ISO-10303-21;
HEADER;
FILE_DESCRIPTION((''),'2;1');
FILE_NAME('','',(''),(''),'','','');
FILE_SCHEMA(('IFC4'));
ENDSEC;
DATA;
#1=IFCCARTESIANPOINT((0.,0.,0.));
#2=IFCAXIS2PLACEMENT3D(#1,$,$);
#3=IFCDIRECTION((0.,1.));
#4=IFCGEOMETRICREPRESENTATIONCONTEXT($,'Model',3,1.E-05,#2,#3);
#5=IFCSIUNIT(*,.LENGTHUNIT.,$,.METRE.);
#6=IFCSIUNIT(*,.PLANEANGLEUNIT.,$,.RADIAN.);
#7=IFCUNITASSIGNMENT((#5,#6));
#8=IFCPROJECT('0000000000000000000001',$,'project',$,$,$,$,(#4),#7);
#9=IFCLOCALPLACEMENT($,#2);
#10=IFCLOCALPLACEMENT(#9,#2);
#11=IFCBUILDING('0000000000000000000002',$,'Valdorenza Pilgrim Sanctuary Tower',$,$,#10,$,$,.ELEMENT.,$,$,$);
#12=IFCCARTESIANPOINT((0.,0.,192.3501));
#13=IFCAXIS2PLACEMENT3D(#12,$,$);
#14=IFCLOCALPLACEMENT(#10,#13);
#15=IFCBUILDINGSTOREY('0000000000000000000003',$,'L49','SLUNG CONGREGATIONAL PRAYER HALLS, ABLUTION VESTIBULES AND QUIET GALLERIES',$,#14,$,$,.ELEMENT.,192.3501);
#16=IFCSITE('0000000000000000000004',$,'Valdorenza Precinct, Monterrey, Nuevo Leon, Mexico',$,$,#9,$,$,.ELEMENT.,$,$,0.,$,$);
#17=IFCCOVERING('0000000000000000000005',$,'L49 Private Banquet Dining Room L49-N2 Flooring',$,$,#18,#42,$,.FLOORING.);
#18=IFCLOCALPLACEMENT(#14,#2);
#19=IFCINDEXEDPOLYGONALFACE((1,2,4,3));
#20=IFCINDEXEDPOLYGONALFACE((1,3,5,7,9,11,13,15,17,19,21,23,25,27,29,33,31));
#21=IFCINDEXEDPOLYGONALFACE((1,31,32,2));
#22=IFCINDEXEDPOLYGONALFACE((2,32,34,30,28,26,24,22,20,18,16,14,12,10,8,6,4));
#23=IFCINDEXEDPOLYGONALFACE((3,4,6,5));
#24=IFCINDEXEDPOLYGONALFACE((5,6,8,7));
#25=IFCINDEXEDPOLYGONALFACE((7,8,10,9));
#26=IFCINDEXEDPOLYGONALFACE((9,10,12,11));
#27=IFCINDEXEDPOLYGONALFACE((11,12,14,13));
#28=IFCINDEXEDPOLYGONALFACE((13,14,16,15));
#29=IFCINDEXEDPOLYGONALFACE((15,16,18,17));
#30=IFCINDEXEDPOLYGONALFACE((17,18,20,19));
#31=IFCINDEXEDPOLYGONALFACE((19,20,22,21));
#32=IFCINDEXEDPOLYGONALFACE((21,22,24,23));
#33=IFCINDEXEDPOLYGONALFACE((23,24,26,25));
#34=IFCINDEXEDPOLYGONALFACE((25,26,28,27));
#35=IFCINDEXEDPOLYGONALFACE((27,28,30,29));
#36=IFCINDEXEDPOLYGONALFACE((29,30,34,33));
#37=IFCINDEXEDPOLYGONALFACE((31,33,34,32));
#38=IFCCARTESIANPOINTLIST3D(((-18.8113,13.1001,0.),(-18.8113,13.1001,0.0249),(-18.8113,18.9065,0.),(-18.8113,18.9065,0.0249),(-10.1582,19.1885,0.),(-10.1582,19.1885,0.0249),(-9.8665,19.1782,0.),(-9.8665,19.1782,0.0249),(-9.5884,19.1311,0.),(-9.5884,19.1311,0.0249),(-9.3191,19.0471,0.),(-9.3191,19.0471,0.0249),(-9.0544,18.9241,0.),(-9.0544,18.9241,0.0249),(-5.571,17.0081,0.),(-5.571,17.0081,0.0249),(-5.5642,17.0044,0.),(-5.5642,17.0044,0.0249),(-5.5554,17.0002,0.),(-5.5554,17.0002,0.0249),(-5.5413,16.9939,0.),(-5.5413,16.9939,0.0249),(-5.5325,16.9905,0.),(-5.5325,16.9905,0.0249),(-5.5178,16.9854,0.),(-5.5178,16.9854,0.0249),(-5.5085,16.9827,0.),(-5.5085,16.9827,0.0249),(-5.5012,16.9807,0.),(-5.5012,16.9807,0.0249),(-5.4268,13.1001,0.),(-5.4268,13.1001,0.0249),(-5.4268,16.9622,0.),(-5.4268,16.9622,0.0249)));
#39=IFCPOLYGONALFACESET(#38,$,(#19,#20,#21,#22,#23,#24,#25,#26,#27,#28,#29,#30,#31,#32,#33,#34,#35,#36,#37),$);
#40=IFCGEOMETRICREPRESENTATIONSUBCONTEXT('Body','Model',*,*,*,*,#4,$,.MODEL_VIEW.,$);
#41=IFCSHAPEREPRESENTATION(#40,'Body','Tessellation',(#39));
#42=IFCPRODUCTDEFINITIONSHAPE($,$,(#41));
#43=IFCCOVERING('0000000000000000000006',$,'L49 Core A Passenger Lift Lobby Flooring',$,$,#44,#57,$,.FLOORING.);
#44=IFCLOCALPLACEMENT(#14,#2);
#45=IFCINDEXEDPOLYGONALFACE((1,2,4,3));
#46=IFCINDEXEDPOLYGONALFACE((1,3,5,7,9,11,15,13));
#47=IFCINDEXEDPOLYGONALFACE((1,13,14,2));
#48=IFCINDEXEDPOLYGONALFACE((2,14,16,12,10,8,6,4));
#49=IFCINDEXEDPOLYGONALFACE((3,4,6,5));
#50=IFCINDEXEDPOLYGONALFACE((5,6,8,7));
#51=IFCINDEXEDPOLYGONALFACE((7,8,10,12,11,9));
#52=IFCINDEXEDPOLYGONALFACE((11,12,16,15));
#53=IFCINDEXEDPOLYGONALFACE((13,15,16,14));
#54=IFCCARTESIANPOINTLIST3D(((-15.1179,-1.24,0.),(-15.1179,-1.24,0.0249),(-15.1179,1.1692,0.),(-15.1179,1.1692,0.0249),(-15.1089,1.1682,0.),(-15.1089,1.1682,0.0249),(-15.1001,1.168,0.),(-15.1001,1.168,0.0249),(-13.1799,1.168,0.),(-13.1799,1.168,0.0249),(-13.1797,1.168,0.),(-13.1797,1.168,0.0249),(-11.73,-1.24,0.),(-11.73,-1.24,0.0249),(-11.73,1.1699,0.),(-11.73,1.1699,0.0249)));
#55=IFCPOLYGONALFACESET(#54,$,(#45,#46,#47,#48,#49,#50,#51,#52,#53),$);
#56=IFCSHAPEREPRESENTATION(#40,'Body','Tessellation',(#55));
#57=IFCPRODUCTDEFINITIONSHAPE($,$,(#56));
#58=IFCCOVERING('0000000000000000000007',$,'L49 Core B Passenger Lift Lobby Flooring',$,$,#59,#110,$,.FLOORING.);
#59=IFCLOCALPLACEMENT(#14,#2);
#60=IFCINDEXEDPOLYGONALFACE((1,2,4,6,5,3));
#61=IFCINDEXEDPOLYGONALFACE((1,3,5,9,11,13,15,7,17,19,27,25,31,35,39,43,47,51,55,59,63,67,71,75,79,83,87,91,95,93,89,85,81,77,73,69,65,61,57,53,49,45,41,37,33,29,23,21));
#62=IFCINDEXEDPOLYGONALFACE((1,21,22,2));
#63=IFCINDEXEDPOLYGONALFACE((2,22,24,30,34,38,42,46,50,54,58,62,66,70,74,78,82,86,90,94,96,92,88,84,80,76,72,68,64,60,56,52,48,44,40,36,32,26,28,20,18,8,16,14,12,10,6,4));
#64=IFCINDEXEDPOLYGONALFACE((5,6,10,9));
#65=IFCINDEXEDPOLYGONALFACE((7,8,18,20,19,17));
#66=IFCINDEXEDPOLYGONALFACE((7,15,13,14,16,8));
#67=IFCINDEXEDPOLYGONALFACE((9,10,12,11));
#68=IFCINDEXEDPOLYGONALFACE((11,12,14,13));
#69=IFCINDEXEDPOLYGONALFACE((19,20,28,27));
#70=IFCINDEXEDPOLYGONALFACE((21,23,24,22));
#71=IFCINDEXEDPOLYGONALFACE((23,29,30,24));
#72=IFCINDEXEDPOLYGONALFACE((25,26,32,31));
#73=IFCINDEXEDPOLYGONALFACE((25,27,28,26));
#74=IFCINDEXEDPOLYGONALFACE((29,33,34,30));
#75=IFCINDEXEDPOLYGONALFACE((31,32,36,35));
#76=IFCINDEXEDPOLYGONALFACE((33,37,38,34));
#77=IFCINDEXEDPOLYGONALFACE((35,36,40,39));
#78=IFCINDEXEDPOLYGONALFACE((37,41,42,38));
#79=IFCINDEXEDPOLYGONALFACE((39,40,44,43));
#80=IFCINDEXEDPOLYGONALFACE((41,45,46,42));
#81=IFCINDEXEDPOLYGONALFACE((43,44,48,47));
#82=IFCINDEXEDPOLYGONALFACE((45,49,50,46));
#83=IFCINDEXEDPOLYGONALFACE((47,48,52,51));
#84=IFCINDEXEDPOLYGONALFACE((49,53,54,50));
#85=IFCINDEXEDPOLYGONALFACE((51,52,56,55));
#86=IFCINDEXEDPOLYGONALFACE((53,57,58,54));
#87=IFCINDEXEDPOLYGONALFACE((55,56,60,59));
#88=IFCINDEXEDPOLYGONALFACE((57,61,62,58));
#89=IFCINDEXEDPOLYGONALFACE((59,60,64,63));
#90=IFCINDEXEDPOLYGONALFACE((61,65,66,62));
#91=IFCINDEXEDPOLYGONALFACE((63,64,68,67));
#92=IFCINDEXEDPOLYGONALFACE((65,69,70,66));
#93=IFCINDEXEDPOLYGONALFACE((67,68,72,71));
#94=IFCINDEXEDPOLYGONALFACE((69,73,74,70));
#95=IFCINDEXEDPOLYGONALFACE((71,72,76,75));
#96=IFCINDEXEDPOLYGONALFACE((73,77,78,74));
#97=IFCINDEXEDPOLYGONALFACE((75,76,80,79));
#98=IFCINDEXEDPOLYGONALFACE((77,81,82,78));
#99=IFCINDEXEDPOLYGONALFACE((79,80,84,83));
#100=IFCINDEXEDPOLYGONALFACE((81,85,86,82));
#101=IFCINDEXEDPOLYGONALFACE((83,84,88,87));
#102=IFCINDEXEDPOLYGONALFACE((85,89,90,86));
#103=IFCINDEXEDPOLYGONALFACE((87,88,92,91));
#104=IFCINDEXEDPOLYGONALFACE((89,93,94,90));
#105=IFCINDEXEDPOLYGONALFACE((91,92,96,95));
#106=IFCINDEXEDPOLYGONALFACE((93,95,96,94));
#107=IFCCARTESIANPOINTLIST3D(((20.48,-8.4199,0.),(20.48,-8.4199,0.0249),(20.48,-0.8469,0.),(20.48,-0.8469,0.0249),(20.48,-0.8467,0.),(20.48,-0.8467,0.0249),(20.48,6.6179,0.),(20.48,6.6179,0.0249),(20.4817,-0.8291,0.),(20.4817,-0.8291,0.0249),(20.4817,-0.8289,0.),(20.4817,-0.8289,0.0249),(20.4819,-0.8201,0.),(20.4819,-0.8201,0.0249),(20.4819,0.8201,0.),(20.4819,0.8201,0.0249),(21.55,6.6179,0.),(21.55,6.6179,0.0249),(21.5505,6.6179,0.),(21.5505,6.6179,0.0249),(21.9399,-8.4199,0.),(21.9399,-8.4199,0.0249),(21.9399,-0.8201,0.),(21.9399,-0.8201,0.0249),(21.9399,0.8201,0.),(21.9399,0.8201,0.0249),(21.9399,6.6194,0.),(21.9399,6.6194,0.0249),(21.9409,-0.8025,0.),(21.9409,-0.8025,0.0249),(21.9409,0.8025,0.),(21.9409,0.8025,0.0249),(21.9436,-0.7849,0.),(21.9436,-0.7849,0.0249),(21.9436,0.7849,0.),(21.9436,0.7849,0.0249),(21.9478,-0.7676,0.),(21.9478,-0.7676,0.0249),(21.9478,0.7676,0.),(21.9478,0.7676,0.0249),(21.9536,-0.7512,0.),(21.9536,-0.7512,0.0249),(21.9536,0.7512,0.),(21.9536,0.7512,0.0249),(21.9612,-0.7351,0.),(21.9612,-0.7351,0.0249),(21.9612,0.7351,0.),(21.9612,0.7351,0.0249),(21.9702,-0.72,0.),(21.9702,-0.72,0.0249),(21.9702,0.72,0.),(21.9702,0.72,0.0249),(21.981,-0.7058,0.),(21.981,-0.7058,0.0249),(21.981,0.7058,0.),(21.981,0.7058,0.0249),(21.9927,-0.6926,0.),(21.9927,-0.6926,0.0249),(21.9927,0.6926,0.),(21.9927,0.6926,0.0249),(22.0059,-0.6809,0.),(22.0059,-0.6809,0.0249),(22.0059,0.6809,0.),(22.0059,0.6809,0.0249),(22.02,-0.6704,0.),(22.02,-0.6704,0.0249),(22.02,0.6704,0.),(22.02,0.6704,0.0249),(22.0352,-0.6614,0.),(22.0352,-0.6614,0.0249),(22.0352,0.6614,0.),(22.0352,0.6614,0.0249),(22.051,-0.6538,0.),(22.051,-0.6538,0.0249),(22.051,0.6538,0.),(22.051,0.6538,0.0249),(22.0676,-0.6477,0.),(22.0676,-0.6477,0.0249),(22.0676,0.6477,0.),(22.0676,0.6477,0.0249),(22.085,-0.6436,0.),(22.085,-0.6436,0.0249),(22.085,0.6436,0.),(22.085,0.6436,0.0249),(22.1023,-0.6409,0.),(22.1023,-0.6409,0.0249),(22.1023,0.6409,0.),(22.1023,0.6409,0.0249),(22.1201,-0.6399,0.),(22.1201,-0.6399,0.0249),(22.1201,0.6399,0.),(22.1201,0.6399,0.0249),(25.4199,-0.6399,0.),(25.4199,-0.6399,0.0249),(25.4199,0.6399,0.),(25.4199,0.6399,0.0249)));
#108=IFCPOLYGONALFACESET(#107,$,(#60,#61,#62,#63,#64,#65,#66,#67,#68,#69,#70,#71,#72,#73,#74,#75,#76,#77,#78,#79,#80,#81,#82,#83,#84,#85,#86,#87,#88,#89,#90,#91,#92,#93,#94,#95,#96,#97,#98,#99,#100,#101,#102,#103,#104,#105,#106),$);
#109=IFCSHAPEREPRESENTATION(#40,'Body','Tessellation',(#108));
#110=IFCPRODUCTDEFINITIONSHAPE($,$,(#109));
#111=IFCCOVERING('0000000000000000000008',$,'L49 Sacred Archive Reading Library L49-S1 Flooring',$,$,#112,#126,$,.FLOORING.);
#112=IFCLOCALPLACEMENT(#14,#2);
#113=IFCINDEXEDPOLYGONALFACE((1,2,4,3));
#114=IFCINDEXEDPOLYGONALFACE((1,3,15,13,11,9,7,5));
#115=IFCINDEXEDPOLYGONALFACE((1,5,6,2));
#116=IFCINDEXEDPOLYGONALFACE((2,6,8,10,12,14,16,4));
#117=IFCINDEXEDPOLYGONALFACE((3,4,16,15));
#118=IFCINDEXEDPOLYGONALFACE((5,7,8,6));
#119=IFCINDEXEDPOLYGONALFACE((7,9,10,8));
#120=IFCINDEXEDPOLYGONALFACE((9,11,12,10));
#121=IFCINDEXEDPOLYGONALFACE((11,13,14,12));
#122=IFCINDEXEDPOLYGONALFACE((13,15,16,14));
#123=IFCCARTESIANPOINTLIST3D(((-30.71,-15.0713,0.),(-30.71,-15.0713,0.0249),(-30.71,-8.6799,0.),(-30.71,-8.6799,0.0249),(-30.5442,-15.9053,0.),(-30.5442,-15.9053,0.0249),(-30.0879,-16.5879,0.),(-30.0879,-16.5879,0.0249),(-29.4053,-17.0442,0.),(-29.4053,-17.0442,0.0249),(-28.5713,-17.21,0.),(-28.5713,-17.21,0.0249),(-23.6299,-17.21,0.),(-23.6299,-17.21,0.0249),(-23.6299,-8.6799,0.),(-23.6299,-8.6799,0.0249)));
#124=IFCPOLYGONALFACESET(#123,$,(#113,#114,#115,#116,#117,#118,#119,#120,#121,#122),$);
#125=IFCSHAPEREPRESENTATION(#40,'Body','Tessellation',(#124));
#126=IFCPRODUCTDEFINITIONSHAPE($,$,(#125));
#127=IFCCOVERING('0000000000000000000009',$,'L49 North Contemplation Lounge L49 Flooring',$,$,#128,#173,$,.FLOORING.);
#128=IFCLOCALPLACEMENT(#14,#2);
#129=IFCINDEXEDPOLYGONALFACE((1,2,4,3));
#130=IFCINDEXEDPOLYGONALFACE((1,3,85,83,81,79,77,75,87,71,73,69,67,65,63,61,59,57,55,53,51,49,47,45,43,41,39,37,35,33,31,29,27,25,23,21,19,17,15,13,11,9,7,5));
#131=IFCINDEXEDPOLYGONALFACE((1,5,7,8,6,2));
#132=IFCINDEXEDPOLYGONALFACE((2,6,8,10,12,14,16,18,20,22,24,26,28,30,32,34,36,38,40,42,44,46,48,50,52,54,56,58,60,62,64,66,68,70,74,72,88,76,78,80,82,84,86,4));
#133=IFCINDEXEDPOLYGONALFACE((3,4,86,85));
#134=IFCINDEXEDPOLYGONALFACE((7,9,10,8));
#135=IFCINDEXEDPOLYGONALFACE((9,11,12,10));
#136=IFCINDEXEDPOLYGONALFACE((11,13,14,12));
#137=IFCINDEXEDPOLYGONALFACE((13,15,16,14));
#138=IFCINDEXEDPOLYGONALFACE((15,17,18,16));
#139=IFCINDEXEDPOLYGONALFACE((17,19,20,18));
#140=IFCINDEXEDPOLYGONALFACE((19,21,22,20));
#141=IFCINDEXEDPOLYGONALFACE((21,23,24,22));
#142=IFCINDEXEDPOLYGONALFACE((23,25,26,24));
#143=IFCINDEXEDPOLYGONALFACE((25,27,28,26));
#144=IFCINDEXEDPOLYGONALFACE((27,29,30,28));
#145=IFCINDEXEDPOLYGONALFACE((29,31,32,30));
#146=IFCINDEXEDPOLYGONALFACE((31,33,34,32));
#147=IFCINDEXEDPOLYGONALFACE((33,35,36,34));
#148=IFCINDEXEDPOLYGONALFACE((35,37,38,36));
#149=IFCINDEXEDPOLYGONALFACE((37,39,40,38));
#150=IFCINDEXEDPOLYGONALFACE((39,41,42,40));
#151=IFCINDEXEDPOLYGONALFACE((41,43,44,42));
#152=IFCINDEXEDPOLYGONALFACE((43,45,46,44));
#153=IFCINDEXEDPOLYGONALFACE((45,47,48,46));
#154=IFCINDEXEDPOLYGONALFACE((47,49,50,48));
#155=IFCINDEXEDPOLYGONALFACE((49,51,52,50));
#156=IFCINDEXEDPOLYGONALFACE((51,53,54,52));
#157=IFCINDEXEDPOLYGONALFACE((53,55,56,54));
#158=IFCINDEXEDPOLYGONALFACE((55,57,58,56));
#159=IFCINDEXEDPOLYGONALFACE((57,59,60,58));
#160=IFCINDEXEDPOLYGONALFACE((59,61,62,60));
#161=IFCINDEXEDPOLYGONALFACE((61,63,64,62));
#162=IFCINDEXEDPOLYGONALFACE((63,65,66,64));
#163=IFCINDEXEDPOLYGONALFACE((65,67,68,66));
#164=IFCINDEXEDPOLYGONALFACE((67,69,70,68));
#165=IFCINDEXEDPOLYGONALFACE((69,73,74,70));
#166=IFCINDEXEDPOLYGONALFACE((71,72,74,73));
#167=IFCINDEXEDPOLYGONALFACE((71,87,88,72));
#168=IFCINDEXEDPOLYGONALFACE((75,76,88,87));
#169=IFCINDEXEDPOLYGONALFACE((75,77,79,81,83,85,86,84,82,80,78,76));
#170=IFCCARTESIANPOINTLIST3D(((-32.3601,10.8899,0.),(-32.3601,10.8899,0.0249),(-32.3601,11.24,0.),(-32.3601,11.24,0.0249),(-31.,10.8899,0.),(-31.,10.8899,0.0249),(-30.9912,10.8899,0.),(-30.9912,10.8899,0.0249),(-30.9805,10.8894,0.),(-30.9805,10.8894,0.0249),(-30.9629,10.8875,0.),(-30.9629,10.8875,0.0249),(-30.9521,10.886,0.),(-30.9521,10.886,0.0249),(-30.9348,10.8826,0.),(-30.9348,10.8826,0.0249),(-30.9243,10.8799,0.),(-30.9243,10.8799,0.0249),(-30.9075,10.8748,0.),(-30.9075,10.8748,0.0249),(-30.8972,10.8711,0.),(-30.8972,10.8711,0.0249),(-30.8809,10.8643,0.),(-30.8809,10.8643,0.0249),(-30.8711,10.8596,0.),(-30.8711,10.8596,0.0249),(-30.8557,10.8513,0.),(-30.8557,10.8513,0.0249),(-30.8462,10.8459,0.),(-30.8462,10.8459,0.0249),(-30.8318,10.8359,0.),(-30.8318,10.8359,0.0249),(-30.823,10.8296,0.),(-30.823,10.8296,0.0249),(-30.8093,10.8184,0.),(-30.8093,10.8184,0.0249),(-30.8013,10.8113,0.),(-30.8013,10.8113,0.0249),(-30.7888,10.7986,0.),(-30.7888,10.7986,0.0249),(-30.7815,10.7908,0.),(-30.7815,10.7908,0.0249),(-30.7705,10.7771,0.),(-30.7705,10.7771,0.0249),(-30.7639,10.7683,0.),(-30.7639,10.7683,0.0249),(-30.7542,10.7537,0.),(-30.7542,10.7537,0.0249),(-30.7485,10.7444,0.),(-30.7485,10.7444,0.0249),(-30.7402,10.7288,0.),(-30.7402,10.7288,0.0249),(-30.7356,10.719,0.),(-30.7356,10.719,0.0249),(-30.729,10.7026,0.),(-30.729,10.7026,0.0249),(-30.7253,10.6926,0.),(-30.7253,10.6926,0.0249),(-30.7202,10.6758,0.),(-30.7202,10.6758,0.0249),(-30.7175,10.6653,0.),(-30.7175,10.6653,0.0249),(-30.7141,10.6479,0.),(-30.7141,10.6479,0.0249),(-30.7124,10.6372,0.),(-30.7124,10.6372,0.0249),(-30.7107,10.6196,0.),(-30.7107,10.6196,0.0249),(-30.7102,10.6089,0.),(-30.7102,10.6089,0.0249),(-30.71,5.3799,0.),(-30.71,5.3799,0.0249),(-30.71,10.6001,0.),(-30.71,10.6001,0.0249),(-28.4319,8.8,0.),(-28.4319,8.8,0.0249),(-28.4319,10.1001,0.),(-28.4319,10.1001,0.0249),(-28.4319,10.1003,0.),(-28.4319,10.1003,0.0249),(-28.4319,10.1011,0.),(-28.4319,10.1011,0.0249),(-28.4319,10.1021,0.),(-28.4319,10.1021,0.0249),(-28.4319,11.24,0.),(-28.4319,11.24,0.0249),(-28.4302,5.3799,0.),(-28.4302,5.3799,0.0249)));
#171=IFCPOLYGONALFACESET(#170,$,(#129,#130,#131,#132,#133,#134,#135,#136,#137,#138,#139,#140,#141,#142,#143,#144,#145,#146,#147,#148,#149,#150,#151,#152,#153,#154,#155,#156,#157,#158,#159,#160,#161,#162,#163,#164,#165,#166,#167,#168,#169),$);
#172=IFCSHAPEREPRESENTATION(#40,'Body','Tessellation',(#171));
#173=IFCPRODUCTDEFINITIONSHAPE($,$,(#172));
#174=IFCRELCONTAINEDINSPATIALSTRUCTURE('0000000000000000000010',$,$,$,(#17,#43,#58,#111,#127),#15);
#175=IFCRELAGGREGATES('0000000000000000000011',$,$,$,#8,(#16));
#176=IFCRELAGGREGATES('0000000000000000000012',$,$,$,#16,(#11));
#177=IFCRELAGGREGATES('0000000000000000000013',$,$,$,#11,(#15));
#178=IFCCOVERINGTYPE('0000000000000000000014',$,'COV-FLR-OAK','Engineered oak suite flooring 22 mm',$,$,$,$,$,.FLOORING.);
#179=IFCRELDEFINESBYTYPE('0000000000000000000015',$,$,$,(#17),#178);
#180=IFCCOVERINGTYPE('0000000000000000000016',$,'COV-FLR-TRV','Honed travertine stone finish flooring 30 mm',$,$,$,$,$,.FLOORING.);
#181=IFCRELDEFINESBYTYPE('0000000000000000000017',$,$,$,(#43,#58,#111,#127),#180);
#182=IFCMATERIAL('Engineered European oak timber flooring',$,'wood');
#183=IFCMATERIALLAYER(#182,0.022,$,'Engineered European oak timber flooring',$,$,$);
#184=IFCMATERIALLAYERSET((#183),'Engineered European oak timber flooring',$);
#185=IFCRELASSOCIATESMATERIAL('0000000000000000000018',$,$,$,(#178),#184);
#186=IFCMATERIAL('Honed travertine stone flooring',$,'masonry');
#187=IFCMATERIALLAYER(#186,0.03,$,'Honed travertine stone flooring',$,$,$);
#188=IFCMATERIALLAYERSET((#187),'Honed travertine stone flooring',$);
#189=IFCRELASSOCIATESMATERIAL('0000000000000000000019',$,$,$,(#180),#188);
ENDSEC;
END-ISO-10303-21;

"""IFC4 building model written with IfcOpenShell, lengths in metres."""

from ifc_helpers import new_model, si_unit, direction, frame, origin, place, context, subcontext, project, spatial, polyline, outline, extrude, material, layer, layer_set, type_object, element, save


model = new_model("IFC4")

# Units and contexts
model_context = context("Model", 3, precision=1e-05, world=origin(), true_north=direction((0.0, 1.0)))
body_context = subcontext(model_context, "Body", "Model", "MODEL_VIEW")
ifc_project = project(units=[si_unit("LENGTHUNIT", "METRE"), si_unit("PLANEANGLEUNIT", "RADIAN")], contexts=[model_context])

# Site, building, storey
site_placement = place(None, origin())
site = spatial("IfcSite", under=ifc_project, at=site_placement, Name="Valdorenza Precinct, Monterrey, Nuevo Leon, Mexico", CompositionType="ELEMENT", RefElevation=0.0)
building_placement = place(site_placement, origin())
building = spatial("IfcBuilding", under=site, at=building_placement, Name="Valdorenza Pilgrim Sanctuary Tower", CompositionType="ELEMENT")
storey_placement = place(building_placement, frame((0.0, 0.0, 192.3501)))
storey = spatial("IfcBuildingStorey", under=building, at=storey_placement, Name="L49", Description="SLUNG CONGREGATIONAL PRAYER HALLS, ABLUTION VESTIBULES AND QUIET GALLERIES", CompositionType="ELEMENT", Elevation=192.3501)

# Coverings
ifc_material_1 = material(Name="Engineered European oak timber flooring", Category="wood")
ifc_layer_1 = layer(ifc_material_1, 0.022, Name="Engineered European oak timber flooring")
ifc_layer_set_1 = layer_set([ifc_layer_1], Name="Engineered European oak timber flooring")
covering_type_1 = type_object("IfcCoveringType", Name="COV-FLR-OAK", Description="Engineered oak suite flooring 22 mm", PredefinedType="FLOORING", material=ifc_layer_set_1)
covering_1_placement = place(storey_placement, origin())
element("IfcCovering", 1, at=covering_1_placement, inside=storey, type_object=covering_type_1, Name="L49 Private Banquet Dining Room L49-N2 Flooring", PredefinedType="FLOORING", context=body_context, shape_type="SweptSolid", body=[
    extrude(outline(polyline([(-18.8113, 13.1001), (-18.8113, 18.9065), (-10.1582, 19.1885), (-9.8665, 19.1782), (-9.5884, 19.1311), (-9.3191, 19.0471), (-9.0544, 18.9241), (-5.571, 17.0081), (-5.5642, 17.0044), (-5.5554, 17.0002), (-5.5413, 16.9939), (-5.5325, 16.9905), (-5.5178, 16.9854), (-5.5085, 16.9827), (-5.5012, 16.9807), (-5.4268, 16.9622), (-5.4268, 13.1001), (-18.8113, 13.1001)])), origin(), (0.0, 0.0, 1.0), 0.0249),
])
ifc_material_2 = material(Name="Honed travertine stone flooring", Category="masonry")
ifc_layer_2 = layer(ifc_material_2, 0.03, Name="Honed travertine stone flooring")
ifc_layer_set_2 = layer_set([ifc_layer_2], Name="Honed travertine stone flooring")
covering_type_2 = type_object("IfcCoveringType", Name="COV-FLR-TRV", Description="Honed travertine stone finish flooring 30 mm", PredefinedType="FLOORING", material=ifc_layer_set_2)
covering_2_placement = place(storey_placement, origin())
element("IfcCovering", 2, at=covering_2_placement, inside=storey, type_object=covering_type_2, Name="L49 Core A Passenger Lift Lobby Flooring", PredefinedType="FLOORING", context=body_context, shape_type="SweptSolid", body=[
    extrude(outline(polyline([(-15.1179, 1.1692), (-15.1089, 1.1682), (-15.1089, 1.1682), (-15.1001, 1.168), (-13.1799, 1.168), (-13.1797, 1.168), (-11.73, 1.1699), (-11.73, -1.24), (-15.1179, -1.24), (-15.1179, 1.1692)])), origin(), (0.0, 0.0, 1.0), 0.0249),
])
covering_3_placement = place(storey_placement, origin())
element("IfcCovering", 3, at=covering_3_placement, inside=storey, type_object=covering_type_2, Name="L49 Core B Passenger Lift Lobby Flooring", PredefinedType="FLOORING", context=body_context, shape_type="SweptSolid", body=[
    extrude(outline(polyline([(20.48, 6.6179), (21.55, 6.6179), (21.5505, 6.6179), (21.9399, 6.6194), (21.9399, 0.8201), (21.9409, 0.8025), (21.9436, 0.7849), (21.9478, 0.7676), (21.9536, 0.7512), (21.9612, 0.7351), (21.9702, 0.72), (21.981, 0.7058), (21.9927, 0.6926), (22.0059, 0.6809), (22.02, 0.6704), (22.0352, 0.6614), (22.051, 0.6538), (22.0676, 0.6477), (22.085, 0.6436), (22.1023, 0.6409), (22.1201, 0.6399), (25.4199, 0.6399), (25.4199, -0.6399), (22.1201, -0.6399), (22.1023, -0.6409), (22.085, -0.6436), (22.0676, -0.6477), (22.051, -0.6538), (22.0352, -0.6614), (22.02, -0.6704), (22.0059, -0.6809), (21.9927, -0.6926), (21.981, -0.7058), (21.9702, -0.72), (21.9612, -0.7351), (21.9536, -0.7512), (21.9478, -0.7676), (21.9436, -0.7849), (21.9409, -0.8025), (21.9399, -0.8201), (21.9399, -8.4199), (20.48, -8.4199), (20.48, -0.8469), (20.48, -0.8467), (20.48, -0.8467), (20.4817, -0.8291), (20.4817, -0.8289), (20.4819, -0.8201), (20.4819, 0.8201), (20.48, 6.6179)])), origin(), (0.0, 0.0, 1.0), 0.0249),
])
covering_4_placement = place(storey_placement, origin())
element("IfcCovering", 4, at=covering_4_placement, inside=storey, type_object=covering_type_2, Name="L49 Sacred Archive Reading Library L49-S1 Flooring", PredefinedType="FLOORING", context=body_context, shape_type="SweptSolid", body=[
    extrude(outline(polyline([(-23.6299, -17.21), (-28.5713, -17.21), (-29.4053, -17.0442), (-30.0879, -16.5879), (-30.5442, -15.9053), (-30.71, -15.0713), (-30.71, -8.6799), (-23.6299, -8.6799), (-23.6299, -17.21)])), origin(), (0.0, 0.0, 1.0), 0.0249),
])
covering_5_placement = place(storey_placement, origin())
element("IfcCovering", 5, at=covering_5_placement, inside=storey, type_object=covering_type_2, Name="L49 North Contemplation Lounge L49 Flooring", PredefinedType="FLOORING", context=body_context, shape_type="SweptSolid", body=[
    extrude(outline(polyline([(-28.4319, 11.24), (-28.4319, 10.1021), (-28.4319, 10.1011), (-28.4319, 10.1003), (-28.4319, 10.1001), (-28.4319, 8.8), (-28.4302, 5.3799), (-30.71, 5.3799), (-30.71, 10.6001), (-30.7102, 10.6089), (-30.7107, 10.6196), (-30.7124, 10.6372), (-30.7141, 10.6479), (-30.7175, 10.6653), (-30.7202, 10.6758), (-30.7253, 10.6926), (-30.729, 10.7026), (-30.7356, 10.719), (-30.7402, 10.7288), (-30.7485, 10.7444), (-30.7542, 10.7537), (-30.7639, 10.7683), (-30.7705, 10.7771), (-30.7815, 10.7908), (-30.7888, 10.7986), (-30.8013, 10.8113), (-30.8093, 10.8184), (-30.823, 10.8296), (-30.8318, 10.8359), (-30.8462, 10.8459), (-30.8557, 10.8513), (-30.8711, 10.8596), (-30.8809, 10.8643), (-30.8972, 10.8711), (-30.9075, 10.8748), (-30.9243, 10.8799), (-30.9348, 10.8826), (-30.9521, 10.886), (-30.9629, 10.8875), (-30.9805, 10.8894), (-30.9912, 10.8899), (-31.0, 10.8899), (-32.3601, 10.8899), (-32.3601, 11.24), (-28.4319, 11.24)])), origin(), (0.0, 0.0, 1.0), 0.0249),
])

save(model, "model.ifc")
